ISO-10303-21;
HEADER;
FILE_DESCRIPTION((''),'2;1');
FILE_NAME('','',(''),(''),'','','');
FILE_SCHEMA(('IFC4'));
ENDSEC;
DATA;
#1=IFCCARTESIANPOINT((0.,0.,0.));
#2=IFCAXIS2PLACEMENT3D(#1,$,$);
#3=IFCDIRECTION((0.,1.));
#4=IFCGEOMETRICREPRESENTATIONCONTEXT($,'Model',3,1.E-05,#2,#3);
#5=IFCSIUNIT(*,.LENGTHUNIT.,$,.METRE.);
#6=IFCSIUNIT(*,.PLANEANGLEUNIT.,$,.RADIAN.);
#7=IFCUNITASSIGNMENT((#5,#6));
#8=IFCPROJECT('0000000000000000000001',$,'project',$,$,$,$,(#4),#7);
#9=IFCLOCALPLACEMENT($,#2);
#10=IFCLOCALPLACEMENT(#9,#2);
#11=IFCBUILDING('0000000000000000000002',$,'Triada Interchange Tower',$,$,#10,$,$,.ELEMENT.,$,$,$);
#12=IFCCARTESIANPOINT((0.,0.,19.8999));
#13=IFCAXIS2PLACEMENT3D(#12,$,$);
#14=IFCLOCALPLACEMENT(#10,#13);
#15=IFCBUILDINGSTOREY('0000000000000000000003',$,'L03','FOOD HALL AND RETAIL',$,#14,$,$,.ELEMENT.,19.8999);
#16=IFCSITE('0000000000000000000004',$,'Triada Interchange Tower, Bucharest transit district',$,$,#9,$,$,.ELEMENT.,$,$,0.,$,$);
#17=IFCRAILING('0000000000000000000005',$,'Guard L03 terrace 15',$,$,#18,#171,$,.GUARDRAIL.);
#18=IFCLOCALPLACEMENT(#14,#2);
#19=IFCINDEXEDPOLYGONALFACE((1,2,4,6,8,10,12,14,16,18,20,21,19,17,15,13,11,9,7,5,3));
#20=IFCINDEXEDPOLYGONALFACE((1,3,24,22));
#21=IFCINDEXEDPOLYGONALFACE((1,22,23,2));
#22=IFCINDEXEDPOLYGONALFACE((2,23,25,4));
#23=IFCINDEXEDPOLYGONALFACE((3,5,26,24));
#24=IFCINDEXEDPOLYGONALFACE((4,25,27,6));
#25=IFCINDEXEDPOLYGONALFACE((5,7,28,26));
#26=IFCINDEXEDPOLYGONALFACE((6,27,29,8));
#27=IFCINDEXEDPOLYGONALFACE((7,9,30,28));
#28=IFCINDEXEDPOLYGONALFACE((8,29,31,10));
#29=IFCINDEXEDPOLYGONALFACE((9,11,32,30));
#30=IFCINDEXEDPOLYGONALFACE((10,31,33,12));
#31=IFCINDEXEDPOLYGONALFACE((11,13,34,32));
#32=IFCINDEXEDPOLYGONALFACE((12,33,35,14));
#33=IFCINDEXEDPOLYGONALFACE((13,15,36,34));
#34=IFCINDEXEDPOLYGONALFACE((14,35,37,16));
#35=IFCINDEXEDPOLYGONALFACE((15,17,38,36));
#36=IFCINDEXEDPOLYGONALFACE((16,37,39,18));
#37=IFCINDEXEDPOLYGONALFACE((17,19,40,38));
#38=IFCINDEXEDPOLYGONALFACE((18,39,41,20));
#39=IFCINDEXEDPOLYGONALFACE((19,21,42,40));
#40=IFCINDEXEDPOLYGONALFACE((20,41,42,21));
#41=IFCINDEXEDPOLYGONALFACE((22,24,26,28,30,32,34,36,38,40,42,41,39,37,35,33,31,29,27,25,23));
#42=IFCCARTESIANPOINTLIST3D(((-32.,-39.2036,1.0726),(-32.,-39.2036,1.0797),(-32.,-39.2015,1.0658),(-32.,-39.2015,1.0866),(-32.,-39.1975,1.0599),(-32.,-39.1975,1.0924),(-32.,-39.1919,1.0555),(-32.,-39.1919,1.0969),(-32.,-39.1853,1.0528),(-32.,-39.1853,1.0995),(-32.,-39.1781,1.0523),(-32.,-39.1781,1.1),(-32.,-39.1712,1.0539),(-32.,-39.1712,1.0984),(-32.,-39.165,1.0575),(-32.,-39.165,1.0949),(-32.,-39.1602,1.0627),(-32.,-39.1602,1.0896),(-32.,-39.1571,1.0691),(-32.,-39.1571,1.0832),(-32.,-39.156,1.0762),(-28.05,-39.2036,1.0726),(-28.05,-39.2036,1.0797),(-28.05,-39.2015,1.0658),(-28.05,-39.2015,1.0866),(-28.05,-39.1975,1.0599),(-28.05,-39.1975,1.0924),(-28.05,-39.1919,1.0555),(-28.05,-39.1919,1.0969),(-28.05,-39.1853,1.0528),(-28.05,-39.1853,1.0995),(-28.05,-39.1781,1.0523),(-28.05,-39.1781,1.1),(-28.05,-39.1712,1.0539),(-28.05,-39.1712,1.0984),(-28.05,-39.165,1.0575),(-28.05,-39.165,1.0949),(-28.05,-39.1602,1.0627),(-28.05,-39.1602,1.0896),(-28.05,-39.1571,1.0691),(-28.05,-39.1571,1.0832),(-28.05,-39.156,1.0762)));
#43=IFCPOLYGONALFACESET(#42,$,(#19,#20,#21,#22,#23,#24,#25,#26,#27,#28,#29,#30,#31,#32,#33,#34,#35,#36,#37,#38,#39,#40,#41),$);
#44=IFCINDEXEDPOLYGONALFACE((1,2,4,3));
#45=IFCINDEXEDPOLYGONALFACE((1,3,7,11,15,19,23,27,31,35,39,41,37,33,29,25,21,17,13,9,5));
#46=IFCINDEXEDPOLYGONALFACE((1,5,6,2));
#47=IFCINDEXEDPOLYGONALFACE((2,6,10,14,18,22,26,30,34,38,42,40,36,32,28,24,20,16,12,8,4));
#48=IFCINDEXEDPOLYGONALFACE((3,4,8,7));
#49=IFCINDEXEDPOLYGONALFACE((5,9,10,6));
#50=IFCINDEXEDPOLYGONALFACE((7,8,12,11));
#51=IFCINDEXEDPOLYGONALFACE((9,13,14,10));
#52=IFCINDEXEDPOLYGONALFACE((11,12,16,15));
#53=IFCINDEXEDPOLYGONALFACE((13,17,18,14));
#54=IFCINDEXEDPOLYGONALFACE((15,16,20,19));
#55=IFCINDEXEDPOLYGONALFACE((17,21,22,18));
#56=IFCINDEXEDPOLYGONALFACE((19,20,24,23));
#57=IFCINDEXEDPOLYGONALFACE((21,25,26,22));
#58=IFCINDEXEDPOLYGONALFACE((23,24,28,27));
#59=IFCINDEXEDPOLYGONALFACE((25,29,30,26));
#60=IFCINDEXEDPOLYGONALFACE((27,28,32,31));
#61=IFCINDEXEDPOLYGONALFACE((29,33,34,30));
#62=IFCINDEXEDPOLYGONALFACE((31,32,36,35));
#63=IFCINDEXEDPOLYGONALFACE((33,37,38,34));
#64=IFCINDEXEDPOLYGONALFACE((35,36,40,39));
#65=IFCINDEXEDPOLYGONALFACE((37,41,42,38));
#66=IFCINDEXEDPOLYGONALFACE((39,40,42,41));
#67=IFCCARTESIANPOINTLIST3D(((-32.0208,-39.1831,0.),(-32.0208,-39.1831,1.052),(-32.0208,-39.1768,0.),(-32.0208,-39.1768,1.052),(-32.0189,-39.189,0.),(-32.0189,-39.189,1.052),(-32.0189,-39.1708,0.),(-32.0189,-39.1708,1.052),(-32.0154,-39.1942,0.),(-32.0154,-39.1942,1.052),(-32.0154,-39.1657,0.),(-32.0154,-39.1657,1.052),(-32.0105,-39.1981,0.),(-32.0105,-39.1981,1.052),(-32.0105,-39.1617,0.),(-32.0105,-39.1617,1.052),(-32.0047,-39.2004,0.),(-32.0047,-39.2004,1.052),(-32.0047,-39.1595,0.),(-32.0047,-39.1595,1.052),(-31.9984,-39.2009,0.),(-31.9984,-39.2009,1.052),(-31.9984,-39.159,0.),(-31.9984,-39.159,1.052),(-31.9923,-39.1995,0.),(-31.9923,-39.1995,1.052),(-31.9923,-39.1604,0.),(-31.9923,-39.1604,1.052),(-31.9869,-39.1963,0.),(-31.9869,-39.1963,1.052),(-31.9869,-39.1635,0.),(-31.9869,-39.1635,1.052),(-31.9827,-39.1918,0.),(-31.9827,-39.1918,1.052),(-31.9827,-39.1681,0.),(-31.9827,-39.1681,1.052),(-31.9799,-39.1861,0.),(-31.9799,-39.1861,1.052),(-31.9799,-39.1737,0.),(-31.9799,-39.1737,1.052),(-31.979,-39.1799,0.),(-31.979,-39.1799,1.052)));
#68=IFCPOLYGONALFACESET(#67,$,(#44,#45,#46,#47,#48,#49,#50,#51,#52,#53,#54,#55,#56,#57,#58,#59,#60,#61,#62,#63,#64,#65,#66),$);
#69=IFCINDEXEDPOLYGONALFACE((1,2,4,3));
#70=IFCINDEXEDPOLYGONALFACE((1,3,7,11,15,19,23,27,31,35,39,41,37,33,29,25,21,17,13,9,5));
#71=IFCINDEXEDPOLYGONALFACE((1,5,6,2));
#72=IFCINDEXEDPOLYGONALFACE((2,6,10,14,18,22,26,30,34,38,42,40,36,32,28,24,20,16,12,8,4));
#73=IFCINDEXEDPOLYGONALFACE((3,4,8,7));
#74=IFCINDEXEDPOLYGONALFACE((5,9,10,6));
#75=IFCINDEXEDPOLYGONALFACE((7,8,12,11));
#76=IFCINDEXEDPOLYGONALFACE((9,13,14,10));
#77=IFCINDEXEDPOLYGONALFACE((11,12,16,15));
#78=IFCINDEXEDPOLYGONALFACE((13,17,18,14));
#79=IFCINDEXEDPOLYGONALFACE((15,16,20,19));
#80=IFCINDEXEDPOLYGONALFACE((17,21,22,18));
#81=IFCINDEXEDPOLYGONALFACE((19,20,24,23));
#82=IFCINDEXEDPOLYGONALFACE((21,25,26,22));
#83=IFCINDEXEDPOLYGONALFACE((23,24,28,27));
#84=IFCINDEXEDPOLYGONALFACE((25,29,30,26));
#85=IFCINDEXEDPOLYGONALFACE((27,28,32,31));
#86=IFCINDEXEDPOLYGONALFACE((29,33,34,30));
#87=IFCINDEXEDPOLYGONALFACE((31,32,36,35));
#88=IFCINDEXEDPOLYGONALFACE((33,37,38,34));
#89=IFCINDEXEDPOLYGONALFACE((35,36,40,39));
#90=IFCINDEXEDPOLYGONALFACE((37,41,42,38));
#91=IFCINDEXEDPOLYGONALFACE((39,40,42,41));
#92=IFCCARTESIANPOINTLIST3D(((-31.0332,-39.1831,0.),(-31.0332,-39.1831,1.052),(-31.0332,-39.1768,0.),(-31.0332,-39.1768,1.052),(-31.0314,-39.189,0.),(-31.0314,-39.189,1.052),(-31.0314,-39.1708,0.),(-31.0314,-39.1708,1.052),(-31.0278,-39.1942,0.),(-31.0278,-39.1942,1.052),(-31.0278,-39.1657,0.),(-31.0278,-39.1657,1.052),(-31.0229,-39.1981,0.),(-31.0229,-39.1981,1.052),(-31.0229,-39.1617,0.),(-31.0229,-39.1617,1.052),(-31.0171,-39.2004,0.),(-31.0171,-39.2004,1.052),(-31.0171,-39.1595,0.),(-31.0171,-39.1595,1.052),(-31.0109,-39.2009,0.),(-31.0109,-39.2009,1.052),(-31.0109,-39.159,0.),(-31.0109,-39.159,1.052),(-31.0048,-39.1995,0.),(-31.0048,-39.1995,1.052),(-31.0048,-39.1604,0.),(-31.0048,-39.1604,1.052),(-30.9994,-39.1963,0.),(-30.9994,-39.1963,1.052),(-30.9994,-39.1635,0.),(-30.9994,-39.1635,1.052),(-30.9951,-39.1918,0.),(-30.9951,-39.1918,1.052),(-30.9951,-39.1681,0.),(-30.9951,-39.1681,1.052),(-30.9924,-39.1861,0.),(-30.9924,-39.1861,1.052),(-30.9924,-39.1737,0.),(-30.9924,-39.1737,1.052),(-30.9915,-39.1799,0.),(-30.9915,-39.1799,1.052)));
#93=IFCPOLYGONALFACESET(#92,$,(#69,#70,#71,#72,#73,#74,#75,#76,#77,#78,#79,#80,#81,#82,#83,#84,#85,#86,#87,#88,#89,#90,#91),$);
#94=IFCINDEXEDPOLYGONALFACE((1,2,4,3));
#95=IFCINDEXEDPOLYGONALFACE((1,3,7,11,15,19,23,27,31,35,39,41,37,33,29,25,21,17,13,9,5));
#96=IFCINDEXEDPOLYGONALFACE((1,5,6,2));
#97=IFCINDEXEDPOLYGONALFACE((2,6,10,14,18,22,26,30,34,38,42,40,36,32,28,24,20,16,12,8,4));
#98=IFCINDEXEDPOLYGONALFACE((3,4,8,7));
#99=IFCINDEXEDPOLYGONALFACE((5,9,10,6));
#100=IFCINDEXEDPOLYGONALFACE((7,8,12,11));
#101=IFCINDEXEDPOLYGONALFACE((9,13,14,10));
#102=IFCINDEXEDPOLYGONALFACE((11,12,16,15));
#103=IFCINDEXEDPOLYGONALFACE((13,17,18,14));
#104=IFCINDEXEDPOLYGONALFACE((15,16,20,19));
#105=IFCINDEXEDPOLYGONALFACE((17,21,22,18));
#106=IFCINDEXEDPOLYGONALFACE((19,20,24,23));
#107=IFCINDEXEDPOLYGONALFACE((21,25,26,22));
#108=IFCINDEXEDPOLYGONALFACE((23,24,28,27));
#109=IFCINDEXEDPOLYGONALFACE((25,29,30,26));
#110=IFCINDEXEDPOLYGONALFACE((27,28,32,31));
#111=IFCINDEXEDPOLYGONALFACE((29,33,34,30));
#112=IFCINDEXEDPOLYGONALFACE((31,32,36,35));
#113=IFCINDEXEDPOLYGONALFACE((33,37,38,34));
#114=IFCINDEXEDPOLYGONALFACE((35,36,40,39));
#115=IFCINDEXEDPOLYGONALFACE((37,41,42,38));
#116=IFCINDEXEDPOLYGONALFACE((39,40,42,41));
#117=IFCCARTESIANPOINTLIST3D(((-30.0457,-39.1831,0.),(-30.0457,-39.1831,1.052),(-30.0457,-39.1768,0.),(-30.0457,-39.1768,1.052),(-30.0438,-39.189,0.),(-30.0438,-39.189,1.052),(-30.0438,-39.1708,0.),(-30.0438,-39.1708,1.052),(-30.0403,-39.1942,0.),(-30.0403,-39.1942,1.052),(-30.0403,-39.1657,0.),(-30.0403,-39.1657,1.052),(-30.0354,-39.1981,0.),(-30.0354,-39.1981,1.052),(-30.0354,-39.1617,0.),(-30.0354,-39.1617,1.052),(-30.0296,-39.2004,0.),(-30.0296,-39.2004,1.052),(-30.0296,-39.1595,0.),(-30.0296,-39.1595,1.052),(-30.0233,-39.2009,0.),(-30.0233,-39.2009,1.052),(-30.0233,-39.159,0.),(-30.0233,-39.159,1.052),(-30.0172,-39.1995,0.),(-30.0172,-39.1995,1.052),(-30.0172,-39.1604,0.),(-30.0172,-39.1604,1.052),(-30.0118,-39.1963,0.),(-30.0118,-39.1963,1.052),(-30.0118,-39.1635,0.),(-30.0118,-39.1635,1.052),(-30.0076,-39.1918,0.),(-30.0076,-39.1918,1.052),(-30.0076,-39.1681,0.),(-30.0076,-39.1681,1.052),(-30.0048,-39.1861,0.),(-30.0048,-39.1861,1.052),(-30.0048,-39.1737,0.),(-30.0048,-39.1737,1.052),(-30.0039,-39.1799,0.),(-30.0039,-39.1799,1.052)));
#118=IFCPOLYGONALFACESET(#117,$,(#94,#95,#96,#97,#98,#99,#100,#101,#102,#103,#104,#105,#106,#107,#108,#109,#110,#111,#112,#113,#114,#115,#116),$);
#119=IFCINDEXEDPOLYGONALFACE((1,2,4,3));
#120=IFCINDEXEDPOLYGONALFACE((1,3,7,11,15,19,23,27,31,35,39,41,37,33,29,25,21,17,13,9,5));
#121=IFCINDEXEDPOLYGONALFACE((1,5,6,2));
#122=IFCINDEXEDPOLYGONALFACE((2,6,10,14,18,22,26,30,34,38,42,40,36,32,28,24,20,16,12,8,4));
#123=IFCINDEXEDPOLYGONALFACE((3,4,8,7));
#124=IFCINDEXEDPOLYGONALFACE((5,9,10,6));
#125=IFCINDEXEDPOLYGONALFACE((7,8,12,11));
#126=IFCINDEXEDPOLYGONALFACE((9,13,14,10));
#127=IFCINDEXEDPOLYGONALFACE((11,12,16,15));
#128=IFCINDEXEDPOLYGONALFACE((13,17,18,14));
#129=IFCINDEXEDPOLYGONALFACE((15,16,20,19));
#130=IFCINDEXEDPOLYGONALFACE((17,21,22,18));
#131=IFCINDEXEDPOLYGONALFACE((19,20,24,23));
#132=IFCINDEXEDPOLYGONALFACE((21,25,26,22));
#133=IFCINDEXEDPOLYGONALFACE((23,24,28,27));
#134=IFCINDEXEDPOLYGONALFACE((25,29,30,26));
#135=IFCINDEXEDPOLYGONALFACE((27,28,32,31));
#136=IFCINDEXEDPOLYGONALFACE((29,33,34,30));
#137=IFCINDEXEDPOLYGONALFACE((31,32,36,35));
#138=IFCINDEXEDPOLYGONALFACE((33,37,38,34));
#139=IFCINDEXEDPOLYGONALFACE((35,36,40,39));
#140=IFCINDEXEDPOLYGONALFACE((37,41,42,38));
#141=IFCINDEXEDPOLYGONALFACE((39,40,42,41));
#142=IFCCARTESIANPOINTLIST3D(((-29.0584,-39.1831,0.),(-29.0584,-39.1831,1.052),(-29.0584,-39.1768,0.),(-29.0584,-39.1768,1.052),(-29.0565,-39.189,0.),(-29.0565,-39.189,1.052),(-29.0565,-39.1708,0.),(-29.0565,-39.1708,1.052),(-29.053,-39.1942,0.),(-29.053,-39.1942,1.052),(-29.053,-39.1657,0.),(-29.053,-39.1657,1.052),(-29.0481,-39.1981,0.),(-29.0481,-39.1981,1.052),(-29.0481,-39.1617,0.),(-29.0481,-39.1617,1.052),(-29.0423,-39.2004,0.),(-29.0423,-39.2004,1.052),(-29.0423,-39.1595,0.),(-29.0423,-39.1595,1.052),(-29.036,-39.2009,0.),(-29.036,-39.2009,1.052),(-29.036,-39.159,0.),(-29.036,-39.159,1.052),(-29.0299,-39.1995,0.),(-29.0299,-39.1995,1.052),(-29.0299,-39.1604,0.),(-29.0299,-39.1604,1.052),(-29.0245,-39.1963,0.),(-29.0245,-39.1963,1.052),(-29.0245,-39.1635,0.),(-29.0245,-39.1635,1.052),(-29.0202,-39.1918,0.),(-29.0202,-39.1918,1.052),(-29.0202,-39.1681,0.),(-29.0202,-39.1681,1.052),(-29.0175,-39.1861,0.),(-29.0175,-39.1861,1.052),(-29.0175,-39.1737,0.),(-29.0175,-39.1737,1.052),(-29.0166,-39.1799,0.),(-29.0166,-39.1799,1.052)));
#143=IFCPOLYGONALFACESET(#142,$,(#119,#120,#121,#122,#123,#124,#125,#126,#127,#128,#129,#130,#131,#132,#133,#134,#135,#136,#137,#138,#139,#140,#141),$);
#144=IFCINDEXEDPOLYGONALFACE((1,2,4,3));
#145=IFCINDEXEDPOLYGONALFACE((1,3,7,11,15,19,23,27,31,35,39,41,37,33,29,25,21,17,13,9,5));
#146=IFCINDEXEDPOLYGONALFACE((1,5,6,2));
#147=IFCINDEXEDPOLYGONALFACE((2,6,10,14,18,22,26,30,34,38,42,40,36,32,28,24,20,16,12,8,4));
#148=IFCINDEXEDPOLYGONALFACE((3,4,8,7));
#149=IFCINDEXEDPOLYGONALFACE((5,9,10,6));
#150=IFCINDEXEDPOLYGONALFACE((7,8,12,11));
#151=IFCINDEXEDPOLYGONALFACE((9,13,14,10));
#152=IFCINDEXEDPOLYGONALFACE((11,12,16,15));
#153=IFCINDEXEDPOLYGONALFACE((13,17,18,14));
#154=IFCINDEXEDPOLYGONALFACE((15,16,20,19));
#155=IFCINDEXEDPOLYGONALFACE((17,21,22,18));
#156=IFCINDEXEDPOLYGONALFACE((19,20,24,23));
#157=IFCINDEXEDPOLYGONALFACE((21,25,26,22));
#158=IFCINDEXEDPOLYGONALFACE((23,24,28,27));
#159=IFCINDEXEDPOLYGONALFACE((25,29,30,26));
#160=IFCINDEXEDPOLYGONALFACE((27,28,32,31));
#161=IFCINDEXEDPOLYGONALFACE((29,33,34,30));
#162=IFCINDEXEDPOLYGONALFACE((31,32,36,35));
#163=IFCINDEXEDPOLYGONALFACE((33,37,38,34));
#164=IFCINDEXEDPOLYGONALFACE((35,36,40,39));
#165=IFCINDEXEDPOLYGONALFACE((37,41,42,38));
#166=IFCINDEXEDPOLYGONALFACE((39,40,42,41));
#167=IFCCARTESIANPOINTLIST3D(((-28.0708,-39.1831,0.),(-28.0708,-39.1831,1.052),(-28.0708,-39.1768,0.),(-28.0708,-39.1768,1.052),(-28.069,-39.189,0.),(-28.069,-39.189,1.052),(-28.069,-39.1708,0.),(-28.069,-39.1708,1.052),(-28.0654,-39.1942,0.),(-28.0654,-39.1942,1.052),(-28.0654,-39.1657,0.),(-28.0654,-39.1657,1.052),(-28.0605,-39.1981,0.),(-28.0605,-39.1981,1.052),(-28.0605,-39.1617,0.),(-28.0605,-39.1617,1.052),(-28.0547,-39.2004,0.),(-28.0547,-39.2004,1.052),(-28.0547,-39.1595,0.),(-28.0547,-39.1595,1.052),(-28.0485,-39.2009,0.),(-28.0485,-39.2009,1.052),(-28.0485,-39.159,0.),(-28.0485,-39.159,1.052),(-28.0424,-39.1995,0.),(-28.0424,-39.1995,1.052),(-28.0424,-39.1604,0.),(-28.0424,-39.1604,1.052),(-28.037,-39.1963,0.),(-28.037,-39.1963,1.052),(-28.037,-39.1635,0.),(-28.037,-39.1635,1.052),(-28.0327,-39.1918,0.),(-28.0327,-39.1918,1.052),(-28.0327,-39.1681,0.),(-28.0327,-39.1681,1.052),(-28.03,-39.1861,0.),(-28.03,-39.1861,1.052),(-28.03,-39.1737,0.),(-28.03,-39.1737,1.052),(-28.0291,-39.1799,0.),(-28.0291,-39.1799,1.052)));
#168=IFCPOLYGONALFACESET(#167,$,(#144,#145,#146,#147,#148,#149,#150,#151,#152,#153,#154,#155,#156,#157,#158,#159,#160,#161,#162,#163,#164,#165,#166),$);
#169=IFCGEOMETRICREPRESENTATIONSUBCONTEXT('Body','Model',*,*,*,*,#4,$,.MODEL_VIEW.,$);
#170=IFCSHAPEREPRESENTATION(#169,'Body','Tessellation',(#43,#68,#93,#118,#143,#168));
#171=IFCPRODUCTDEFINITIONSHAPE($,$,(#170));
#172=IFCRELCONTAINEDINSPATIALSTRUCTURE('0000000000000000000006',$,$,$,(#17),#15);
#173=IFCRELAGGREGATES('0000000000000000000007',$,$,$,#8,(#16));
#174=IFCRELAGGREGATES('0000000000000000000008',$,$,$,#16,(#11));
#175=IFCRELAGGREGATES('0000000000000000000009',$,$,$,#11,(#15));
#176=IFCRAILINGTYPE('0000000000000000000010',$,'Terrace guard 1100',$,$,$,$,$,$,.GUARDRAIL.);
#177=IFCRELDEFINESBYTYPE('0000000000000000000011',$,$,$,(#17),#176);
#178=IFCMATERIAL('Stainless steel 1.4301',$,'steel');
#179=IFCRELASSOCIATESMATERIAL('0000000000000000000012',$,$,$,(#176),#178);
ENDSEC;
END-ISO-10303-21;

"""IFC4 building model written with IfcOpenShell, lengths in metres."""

from ifc_helpers import new_model, si_unit, direction, frame, origin, origin_2d, place, context, subcontext, project, spatial, circle, extrude, material, type_object, element, save


model = new_model("IFC4")

# Units and contexts
model_context = context("Model", 3, precision=1e-05, world=origin(), true_north=direction((0.0, 1.0)))
body_context = subcontext(model_context, "Body", "Model", "MODEL_VIEW")
ifc_project = project(units=[si_unit("LENGTHUNIT", "METRE"), si_unit("PLANEANGLEUNIT", "RADIAN")], contexts=[model_context])

# Site, building, storey
site_placement = place(None, origin())
site = spatial("IfcSite", under=ifc_project, at=site_placement, Name="Triada Interchange Tower, Bucharest transit district", CompositionType="ELEMENT", RefElevation=0.0)
building_placement = place(site_placement, origin())
building = spatial("IfcBuilding", under=site, at=building_placement, Name="Triada Interchange Tower", CompositionType="ELEMENT")
storey_placement = place(building_placement, frame((0.0, 0.0, 19.8999)))
storey = spatial("IfcBuildingStorey", under=building, at=storey_placement, Name="L03", Description="FOOD HALL AND RETAIL", CompositionType="ELEMENT", Elevation=19.8999)

# Railing
ifc_material_1 = material(Name="Stainless steel 1.4301", Category="steel")
railing_type = type_object("IfcRailingType", Name="Terrace guard 1100", PredefinedType="GUARDRAIL", material=ifc_material_1)
railing_1_placement = place(storey_placement, frame((-32.0, -39.1799, 0.0)))
element("IfcRailing", 1, at=railing_1_placement, inside=storey, type_object=railing_type, Name="Guard L03 terrace 15", PredefinedType="GUARDRAIL", context=body_context, shape_type="SweptSolid", body=[
    extrude(circle(Radius=0.0239, at=origin_2d()), frame((0.0, 0.0, 1.0762), z_axis=(1.0, 0.0, 0.0), x_axis=(0.0, 1.0, 0.0)), (0.0, 0.0, 1.0), 3.95),
    extrude(circle(Radius=0.021, at=origin_2d()), origin(), (0.0, 0.0, 1.0), 1.052),
    extrude(circle(Radius=0.021, at=origin_2d()), frame((0.9875, 0.0, 0.0)), (0.0, 0.0, 1.0), 1.052),
    extrude(circle(Radius=0.021, at=origin_2d()), frame((1.9751, 0.0, 0.0)), (0.0, 0.0, 1.0), 1.052),
    extrude(circle(Radius=0.021, at=origin_2d()), frame((2.9624, 0.0, 0.0)), (0.0, 0.0, 1.0), 1.052),
    extrude(circle(Radius=0.021, at=origin_2d()), frame((3.95, 0.0, 0.0)), (0.0, 0.0, 1.0), 1.052),
])

save(model, "model.ifc")
